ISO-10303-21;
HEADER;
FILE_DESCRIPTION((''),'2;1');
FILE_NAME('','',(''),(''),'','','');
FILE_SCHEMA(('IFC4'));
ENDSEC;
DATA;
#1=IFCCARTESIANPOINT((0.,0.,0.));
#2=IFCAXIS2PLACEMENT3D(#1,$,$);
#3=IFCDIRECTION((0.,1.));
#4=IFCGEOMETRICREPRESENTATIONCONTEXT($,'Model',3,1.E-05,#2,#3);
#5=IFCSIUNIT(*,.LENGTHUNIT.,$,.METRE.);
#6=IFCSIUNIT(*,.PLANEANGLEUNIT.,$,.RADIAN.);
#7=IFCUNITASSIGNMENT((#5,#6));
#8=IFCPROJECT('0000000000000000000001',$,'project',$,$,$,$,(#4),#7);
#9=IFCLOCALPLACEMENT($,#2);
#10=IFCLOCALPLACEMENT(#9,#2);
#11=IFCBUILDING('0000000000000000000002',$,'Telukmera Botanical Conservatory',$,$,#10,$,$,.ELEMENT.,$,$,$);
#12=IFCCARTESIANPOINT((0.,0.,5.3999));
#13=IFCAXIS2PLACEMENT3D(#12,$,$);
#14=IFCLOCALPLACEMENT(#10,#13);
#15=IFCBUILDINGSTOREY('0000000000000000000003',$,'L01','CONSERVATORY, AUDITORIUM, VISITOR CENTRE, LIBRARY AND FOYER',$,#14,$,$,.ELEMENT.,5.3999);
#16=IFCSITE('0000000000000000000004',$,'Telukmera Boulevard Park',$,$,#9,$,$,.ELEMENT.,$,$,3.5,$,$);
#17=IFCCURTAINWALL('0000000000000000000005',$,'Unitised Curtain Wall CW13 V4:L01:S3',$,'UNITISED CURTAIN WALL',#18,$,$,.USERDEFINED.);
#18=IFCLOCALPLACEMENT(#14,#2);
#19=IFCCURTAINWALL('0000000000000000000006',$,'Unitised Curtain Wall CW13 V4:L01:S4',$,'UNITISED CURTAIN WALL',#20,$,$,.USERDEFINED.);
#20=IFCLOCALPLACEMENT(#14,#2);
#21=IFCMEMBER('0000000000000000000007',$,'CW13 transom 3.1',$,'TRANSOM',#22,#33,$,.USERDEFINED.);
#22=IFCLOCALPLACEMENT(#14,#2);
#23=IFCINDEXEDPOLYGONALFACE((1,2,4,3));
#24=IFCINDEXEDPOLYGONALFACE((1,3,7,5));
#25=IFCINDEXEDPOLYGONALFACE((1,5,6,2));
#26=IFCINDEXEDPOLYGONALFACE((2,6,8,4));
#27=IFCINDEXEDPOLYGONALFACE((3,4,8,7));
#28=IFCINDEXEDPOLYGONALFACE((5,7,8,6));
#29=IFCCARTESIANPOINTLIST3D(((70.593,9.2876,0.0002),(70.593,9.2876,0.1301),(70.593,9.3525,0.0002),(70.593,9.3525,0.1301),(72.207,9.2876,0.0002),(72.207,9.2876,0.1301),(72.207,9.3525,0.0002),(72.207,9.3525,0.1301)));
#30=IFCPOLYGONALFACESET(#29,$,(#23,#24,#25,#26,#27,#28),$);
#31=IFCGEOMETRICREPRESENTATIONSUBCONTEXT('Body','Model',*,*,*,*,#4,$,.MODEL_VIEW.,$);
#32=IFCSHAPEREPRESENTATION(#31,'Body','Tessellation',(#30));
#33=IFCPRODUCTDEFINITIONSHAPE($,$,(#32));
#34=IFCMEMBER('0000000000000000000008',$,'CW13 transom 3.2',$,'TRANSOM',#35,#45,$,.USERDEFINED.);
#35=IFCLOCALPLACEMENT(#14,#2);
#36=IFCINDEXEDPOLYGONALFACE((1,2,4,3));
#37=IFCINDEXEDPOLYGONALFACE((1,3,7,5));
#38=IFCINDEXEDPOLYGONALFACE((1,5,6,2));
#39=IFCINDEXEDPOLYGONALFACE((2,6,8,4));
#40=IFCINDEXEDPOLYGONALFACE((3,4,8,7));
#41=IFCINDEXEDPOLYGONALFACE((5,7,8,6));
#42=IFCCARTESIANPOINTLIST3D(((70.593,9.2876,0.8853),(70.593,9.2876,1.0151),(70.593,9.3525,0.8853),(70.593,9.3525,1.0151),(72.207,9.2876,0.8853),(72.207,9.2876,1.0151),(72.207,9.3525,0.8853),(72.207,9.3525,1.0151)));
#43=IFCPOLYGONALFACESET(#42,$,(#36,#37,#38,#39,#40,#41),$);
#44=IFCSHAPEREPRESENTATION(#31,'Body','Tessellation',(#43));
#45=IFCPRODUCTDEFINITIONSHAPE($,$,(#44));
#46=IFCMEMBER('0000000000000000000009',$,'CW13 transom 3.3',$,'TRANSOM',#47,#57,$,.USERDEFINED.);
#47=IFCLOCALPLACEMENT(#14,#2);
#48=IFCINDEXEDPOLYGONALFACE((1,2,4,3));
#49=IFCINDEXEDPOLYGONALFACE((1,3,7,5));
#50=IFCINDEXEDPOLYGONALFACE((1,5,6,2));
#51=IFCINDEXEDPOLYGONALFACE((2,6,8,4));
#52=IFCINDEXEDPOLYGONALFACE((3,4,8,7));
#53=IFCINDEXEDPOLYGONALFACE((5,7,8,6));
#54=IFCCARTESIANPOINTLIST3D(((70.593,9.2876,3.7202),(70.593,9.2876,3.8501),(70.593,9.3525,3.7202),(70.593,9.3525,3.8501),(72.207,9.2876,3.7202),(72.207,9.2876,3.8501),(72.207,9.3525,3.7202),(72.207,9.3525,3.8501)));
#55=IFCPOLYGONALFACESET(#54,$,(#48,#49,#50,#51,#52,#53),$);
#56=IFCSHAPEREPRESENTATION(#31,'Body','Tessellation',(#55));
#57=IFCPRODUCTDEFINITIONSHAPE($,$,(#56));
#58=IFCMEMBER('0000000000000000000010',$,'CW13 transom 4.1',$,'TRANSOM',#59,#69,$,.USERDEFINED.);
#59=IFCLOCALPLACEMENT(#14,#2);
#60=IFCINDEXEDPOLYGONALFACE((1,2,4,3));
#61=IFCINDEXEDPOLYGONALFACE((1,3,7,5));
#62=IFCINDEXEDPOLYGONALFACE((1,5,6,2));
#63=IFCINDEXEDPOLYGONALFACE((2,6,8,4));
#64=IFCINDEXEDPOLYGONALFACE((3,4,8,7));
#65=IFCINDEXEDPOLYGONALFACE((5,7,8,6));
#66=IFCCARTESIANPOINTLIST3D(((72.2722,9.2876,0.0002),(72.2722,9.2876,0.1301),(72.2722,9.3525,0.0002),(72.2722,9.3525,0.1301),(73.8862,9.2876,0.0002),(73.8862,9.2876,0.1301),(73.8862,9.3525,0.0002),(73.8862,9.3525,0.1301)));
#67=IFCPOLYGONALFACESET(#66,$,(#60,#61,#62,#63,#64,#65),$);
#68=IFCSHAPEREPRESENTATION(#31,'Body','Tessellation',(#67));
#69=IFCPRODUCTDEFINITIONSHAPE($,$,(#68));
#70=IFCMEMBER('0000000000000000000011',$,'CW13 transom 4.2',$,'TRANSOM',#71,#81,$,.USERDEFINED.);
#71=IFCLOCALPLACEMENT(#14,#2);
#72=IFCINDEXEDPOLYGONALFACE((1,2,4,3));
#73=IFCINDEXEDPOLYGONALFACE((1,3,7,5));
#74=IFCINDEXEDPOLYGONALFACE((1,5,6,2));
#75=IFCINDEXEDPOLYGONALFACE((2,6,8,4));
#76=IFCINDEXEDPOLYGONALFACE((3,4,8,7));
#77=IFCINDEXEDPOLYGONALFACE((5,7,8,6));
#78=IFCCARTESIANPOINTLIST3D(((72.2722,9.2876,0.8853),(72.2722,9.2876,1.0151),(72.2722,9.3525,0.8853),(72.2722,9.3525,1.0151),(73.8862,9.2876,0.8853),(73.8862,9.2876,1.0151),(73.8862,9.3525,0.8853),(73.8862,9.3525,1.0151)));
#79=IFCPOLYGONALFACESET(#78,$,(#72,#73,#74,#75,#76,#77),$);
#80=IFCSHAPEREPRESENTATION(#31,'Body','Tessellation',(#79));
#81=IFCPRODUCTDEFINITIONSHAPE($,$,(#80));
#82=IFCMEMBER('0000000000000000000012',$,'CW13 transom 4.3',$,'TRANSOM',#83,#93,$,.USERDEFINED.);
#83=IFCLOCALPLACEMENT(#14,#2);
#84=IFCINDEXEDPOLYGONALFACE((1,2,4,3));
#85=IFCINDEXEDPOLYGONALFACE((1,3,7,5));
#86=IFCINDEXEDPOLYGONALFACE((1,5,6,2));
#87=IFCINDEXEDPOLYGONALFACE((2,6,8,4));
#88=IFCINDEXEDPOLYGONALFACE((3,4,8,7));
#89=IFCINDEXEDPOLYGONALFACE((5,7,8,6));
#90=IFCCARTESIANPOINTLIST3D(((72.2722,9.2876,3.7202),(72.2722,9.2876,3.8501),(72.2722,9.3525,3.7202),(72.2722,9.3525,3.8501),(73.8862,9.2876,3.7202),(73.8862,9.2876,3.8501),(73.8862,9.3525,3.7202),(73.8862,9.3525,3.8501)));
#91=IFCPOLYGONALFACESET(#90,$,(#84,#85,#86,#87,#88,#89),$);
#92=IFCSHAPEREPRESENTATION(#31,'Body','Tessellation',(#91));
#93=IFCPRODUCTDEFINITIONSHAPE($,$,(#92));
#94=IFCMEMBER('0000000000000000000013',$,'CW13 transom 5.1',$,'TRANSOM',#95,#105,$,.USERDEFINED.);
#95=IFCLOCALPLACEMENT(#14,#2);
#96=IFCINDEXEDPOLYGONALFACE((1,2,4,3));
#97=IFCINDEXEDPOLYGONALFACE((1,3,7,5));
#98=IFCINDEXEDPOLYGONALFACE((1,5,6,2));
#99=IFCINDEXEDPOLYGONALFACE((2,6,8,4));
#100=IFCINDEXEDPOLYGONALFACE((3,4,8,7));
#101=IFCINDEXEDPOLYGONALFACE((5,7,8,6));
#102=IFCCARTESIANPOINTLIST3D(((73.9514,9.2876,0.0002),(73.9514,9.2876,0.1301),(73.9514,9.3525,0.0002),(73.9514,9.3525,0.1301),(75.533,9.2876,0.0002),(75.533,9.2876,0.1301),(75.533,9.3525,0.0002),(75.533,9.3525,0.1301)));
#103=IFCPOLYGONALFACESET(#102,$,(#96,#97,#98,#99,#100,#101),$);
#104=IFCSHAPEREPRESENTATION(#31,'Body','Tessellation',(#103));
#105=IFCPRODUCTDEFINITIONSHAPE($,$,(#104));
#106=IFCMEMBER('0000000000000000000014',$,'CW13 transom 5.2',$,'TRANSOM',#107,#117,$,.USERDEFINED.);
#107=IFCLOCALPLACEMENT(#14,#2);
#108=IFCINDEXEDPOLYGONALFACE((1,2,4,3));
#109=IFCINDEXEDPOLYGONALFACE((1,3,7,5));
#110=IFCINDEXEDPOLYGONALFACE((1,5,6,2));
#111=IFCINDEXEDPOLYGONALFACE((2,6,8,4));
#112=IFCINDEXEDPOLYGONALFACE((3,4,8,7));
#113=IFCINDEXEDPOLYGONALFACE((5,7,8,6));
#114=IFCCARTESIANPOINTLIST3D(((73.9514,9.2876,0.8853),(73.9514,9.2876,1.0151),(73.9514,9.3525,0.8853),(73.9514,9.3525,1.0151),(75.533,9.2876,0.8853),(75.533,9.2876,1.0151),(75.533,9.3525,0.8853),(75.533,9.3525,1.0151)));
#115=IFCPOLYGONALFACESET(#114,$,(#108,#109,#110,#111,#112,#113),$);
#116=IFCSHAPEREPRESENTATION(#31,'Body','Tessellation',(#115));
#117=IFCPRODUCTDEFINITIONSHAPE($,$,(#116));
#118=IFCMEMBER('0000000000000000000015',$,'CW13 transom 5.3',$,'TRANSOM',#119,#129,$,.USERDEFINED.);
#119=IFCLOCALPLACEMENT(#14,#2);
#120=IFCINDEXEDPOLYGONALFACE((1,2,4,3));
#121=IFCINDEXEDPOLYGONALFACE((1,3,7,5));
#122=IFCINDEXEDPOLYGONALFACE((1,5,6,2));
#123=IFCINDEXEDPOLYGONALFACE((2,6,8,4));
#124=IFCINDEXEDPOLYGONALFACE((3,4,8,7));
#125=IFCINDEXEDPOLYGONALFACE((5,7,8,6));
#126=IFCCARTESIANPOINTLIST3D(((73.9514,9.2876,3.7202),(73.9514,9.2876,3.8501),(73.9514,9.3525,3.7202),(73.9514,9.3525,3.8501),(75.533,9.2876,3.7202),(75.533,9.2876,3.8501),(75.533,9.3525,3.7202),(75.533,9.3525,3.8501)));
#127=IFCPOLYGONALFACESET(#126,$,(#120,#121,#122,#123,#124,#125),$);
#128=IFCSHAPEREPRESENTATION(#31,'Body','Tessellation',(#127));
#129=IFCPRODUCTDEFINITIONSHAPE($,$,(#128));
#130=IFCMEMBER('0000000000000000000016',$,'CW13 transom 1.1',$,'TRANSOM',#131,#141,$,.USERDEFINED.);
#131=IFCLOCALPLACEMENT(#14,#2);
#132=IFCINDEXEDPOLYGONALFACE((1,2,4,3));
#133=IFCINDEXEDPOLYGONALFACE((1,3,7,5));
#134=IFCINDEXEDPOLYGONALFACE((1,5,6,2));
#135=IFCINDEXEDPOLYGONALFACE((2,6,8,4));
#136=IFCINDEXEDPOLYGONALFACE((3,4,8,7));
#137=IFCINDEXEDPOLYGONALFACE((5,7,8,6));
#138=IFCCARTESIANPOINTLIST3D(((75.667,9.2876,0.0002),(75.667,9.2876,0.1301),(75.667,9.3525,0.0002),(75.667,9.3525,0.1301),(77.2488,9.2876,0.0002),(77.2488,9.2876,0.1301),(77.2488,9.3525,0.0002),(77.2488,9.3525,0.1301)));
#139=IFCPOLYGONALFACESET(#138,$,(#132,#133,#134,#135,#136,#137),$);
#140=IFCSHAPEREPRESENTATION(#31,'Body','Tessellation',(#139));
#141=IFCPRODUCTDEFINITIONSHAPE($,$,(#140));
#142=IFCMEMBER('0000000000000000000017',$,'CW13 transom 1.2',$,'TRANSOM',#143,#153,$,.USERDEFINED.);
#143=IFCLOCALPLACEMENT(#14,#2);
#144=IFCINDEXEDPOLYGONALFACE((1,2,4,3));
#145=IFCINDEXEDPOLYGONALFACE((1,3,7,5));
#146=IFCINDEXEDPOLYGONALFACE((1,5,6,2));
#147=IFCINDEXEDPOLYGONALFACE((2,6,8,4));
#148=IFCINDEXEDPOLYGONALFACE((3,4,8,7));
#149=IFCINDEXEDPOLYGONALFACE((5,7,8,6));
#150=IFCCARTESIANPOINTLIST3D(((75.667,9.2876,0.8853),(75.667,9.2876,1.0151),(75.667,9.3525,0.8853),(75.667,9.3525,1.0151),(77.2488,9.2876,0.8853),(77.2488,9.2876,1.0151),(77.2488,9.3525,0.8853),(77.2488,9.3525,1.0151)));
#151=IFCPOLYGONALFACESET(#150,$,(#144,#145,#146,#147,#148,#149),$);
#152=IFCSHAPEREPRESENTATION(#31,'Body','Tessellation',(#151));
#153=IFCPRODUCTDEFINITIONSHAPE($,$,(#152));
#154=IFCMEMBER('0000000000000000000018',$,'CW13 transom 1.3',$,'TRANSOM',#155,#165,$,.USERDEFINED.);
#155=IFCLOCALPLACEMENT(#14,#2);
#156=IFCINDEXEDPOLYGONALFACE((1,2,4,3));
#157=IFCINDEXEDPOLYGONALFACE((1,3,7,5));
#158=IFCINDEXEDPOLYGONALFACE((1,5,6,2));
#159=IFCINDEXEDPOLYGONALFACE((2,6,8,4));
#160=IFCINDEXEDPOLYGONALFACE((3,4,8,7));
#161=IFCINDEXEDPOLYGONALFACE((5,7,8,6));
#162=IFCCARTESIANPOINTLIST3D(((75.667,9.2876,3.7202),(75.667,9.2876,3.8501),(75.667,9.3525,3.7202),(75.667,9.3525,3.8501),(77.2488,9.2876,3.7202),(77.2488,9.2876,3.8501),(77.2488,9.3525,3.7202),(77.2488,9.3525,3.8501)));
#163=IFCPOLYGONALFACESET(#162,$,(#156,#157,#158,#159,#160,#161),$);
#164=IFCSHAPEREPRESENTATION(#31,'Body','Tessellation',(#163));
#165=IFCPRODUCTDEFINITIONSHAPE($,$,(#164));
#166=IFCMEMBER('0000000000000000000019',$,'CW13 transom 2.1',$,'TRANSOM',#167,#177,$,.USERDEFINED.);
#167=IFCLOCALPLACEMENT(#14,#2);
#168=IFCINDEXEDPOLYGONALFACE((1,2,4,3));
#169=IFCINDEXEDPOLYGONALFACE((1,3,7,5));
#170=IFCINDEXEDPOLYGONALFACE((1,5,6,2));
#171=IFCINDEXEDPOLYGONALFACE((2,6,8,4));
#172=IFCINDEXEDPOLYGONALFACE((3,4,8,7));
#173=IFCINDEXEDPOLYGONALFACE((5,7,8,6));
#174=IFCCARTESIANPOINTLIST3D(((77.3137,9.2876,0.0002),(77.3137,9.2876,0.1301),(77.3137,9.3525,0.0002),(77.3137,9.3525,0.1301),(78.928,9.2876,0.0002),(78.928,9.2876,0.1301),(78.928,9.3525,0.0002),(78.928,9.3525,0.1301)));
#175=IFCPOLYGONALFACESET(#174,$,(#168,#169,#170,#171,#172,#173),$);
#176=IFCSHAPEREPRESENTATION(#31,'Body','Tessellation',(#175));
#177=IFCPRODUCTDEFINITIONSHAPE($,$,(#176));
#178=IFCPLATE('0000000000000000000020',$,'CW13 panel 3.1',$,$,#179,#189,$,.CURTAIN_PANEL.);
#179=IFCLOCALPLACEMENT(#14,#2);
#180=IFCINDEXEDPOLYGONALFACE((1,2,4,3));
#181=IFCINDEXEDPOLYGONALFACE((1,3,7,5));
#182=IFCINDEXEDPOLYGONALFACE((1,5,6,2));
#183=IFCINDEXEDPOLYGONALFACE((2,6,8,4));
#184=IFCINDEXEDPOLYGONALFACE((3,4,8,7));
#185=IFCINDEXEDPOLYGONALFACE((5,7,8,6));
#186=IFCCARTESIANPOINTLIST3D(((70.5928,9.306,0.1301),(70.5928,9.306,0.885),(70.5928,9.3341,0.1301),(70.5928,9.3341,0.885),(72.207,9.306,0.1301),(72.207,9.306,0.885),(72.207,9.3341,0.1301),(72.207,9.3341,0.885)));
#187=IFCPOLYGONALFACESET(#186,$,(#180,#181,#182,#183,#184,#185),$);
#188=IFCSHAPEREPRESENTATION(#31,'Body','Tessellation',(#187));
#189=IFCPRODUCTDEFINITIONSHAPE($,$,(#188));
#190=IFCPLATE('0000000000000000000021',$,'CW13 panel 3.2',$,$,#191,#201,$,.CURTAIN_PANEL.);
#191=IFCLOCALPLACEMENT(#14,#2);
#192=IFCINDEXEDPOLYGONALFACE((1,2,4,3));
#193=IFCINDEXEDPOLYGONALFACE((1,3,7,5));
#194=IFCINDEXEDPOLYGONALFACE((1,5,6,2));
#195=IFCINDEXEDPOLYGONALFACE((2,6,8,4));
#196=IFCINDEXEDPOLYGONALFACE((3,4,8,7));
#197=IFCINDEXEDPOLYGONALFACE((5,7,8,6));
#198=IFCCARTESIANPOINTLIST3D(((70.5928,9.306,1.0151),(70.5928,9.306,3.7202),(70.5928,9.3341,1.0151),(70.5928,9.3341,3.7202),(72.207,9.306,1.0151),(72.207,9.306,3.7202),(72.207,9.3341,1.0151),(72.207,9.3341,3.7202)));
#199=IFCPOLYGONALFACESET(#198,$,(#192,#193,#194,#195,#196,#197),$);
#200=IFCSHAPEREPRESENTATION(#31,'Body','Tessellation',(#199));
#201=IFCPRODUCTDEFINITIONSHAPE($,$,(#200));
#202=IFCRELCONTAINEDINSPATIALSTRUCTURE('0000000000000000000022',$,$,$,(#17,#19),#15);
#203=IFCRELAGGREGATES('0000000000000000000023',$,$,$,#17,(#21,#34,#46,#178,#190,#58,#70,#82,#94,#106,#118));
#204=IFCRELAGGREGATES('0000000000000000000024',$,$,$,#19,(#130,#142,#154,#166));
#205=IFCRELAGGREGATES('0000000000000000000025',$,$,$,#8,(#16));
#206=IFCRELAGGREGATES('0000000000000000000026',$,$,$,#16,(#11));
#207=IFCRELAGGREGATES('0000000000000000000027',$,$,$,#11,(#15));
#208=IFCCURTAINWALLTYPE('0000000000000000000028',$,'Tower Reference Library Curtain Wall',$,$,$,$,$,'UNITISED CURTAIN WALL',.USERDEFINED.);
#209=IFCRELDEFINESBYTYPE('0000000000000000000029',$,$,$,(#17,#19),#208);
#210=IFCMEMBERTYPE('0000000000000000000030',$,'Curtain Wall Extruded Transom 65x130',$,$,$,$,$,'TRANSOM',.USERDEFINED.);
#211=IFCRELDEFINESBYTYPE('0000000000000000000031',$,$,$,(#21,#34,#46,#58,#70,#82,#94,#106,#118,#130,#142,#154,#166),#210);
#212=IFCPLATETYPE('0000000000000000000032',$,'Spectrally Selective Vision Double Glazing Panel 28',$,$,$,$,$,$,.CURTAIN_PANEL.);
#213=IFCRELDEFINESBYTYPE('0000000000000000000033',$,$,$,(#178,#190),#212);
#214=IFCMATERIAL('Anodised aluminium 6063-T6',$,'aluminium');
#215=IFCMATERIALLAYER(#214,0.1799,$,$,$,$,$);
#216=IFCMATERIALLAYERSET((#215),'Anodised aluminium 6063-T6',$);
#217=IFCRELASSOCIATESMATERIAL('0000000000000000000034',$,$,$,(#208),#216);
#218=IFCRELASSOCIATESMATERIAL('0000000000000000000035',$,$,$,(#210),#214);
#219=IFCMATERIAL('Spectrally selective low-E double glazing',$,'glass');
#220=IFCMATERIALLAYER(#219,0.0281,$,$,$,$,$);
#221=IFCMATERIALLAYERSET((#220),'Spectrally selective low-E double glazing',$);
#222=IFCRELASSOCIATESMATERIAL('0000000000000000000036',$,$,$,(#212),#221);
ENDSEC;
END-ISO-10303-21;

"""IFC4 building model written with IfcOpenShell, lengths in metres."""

from ifc_helpers import new_model, si_unit, direction, frame, origin, origin_2d, place, context, subcontext, project, spatial, rectangle, extrude, material, layer, layer_set, material_profile, profile_set, type_object, element, aggregate, save


model = new_model("IFC4")

# Units and contexts
model_context = context("Model", 3, precision=1e-05, world=origin(), true_north=direction((0.0, 1.0)))
body_context = subcontext(model_context, "Body", "Model", "MODEL_VIEW")
ifc_project = project(units=[si_unit("LENGTHUNIT", "METRE"), si_unit("PLANEANGLEUNIT", "RADIAN")], contexts=[model_context])

# Site, building, storey
site_placement = place(None, origin())
site = spatial("IfcSite", under=ifc_project, at=site_placement, Name="Telukmera Boulevard Park", CompositionType="ELEMENT", RefElevation=3.5)
building_placement = place(site_placement, origin())
building = spatial("IfcBuilding", under=site, at=building_placement, Name="Telukmera Botanical Conservatory", CompositionType="ELEMENT")
storey_placement = place(building_placement, frame((0.0, 0.0, 5.3999)))
storey = spatial("IfcBuildingStorey", under=building, at=storey_placement, Name="L01", Description="CONSERVATORY, AUDITORIUM, VISITOR CENTRE, LIBRARY AND FOYER", CompositionType="ELEMENT", Elevation=5.3999)

# Curtain walls
ifc_material_1 = material(Name="Anodised aluminium 6063-T6", Category="aluminium")
ifc_layer_1 = layer(ifc_material_1, 0.1799)
ifc_layer_set_1 = layer_set([ifc_layer_1], Name="Anodised aluminium 6063-T6")
curtain_wall_type = type_object("IfcCurtainWallType", Name="Tower Reference Library Curtain Wall", ElementType="UNITISED CURTAIN WALL", PredefinedType="USERDEFINED", material=ifc_layer_set_1)
curtain_wall_1_placement = place(storey_placement, origin())
curtain_wall_1 = element("IfcCurtainWall", 1, at=curtain_wall_1_placement, inside=storey, type_object=curtain_wall_type, Name="Unitised Curtain Wall CW13 V4:L01:S3", ObjectType="UNITISED CURTAIN WALL", PredefinedType="USERDEFINED")
curtain_wall_2_placement = place(storey_placement, origin())
curtain_wall_2 = element("IfcCurtainWall", 2, at=curtain_wall_2_placement, inside=storey, type_object=curtain_wall_type, Name="Unitised Curtain Wall CW13 V4:L01:S4", ObjectType="UNITISED CURTAIN WALL", PredefinedType="USERDEFINED")

# Members
ifc_material_profile_1 = material_profile(ifc_material_1, rectangle(XDim=0.0649, YDim=0.1299, at=origin_2d()), Name="ALU TRAN 65x130")
ifc_profile_set_1 = profile_set([ifc_material_profile_1], Name="Anodised aluminium 6063-T6")
member_type_1 = type_object("IfcMemberType", Name="Curtain Wall Extruded Transom 65x130", ElementType="TRANSOM", PredefinedType="USERDEFINED", material=ifc_profile_set_1)
member_1_placement = place(storey_placement, frame((70.593, 9.3201, 0.0652), z_axis=(1.0, 0.0, 0.0), x_axis=(0.0, 1.0, 0.0)))
member_1 = element("IfcMember", 3, at=member_1_placement, type_object=member_type_1, Name="CW13 transom 3.1", ObjectType="TRANSOM", PredefinedType="USERDEFINED", context=body_context, shape_type="SweptSolid", body=[
    extrude(rectangle(XDim=0.0649, YDim=0.1299, at=origin_2d()), origin(), (0.0, 0.0, 1.0), 1.614),
])
member_2_placement = place(storey_placement, frame((70.593, 9.3201, 0.9502), z_axis=(1.0, 0.0, 0.0), x_axis=(0.0, 1.0, 0.0)))
member_2 = element("IfcMember", 4, at=member_2_placement, type_object=member_type_1, Name="CW13 transom 3.2", ObjectType="TRANSOM", PredefinedType="USERDEFINED", context=body_context, shape_type="SweptSolid", body=[
    extrude(rectangle(XDim=0.0649, YDim=0.1299, at=origin_2d()), origin(), (0.0, 0.0, 1.0), 1.614),
])
member_3_placement = place(storey_placement, frame((70.593, 9.3201, 3.7852), z_axis=(1.0, 0.0, 0.0), x_axis=(0.0, 1.0, 0.0)))
member_3 = element("IfcMember", 5, at=member_3_placement, type_object=member_type_1, Name="CW13 transom 3.3", ObjectType="TRANSOM", PredefinedType="USERDEFINED", context=body_context, shape_type="SweptSolid", body=[
    extrude(rectangle(XDim=0.0649, YDim=0.1299, at=origin_2d()), origin(), (0.0, 0.0, 1.0), 1.614),
])
member_4_placement = place(storey_placement, frame((72.2722, 9.3201, 0.0652), z_axis=(1.0, 0.0, 0.0), x_axis=(0.0, 1.0, 0.0)))
member_4 = element("IfcMember", 6, at=member_4_placement, type_object=member_type_1, Name="CW13 transom 4.1", ObjectType="TRANSOM", PredefinedType="USERDEFINED", context=body_context, shape_type="SweptSolid", body=[
    extrude(rectangle(XDim=0.0649, YDim=0.1299, at=origin_2d()), origin(), (0.0, 0.0, 1.0), 1.614),
])
member_5_placement = place(storey_placement, frame((72.2722, 9.3201, 0.9502), z_axis=(1.0, 0.0, 0.0), x_axis=(0.0, 1.0, 0.0)))
member_5 = element("IfcMember", 7, at=member_5_placement, type_object=member_type_1, Name="CW13 transom 4.2", ObjectType="TRANSOM", PredefinedType="USERDEFINED", context=body_context, shape_type="SweptSolid", body=[
    extrude(rectangle(XDim=0.0649, YDim=0.1299, at=origin_2d()), origin(), (0.0, 0.0, 1.0), 1.614),
])
member_6_placement = place(storey_placement, frame((72.2722, 9.3201, 3.7852), z_axis=(1.0, 0.0, 0.0), x_axis=(0.0, 1.0, 0.0)))
member_6 = element("IfcMember", 8, at=member_6_placement, type_object=member_type_1, Name="CW13 transom 4.3", ObjectType="TRANSOM", PredefinedType="USERDEFINED", context=body_context, shape_type="SweptSolid", body=[
    extrude(rectangle(XDim=0.0649, YDim=0.1299, at=origin_2d()), origin(), (0.0, 0.0, 1.0), 1.614),
])
member_7_placement = place(storey_placement, frame((73.9514, 9.3201, 0.0652), z_axis=(1.0, 0.0, 0.0), x_axis=(0.0, 1.0, 0.0)))
member_7 = element("IfcMember", 9, at=member_7_placement, type_object=member_type_1, Name="CW13 transom 5.1", ObjectType="TRANSOM", PredefinedType="USERDEFINED", context=body_context, shape_type="SweptSolid", body=[
    extrude(rectangle(XDim=0.0649, YDim=0.1299, at=origin_2d()), origin(), (0.0, 0.0, 1.0), 1.5815),
])
member_8_placement = place(storey_placement, frame((73.9514, 9.3201, 0.9502), z_axis=(1.0, 0.0, 0.0), x_axis=(0.0, 1.0, 0.0)))
member_8 = element("IfcMember", 10, at=member_8_placement, type_object=member_type_1, Name="CW13 transom 5.2", ObjectType="TRANSOM", PredefinedType="USERDEFINED", context=body_context, shape_type="SweptSolid", body=[
    extrude(rectangle(XDim=0.0649, YDim=0.1299, at=origin_2d()), origin(), (0.0, 0.0, 1.0), 1.5815),
])
member_9_placement = place(storey_placement, frame((73.9514, 9.3201, 3.7852), z_axis=(1.0, 0.0, 0.0), x_axis=(0.0, 1.0, 0.0)))
member_9 = element("IfcMember", 11, at=member_9_placement, type_object=member_type_1, Name="CW13 transom 5.3", ObjectType="TRANSOM", PredefinedType="USERDEFINED", context=body_context, shape_type="SweptSolid", body=[
    extrude(rectangle(XDim=0.0649, YDim=0.1299, at=origin_2d()), origin(), (0.0, 0.0, 1.0), 1.5815),
])
member_10_placement = place(storey_placement, frame((75.667, 9.3201, 0.0652), z_axis=(1.0, 0.0, 0.0), x_axis=(0.0, 1.0, 0.0)))
member_10 = element("IfcMember", 12, at=member_10_placement, type_object=member_type_1, Name="CW13 transom 1.1", ObjectType="TRANSOM", PredefinedType="USERDEFINED", context=body_context, shape_type="SweptSolid", body=[
    extrude(rectangle(XDim=0.0649, YDim=0.1299, at=origin_2d()), origin(), (0.0, 0.0, 1.0), 1.5818),
])
member_11_placement = place(storey_placement, frame((75.667, 9.3201, 0.9502), z_axis=(1.0, 0.0, 0.0), x_axis=(0.0, 1.0, 0.0)))
member_11 = element("IfcMember", 13, at=member_11_placement, type_object=member_type_1, Name="CW13 transom 1.2", ObjectType="TRANSOM", PredefinedType="USERDEFINED", context=body_context, shape_type="SweptSolid", body=[
    extrude(rectangle(XDim=0.0649, YDim=0.1299, at=origin_2d()), origin(), (0.0, 0.0, 1.0), 1.5818),
])
member_12_placement = place(storey_placement, frame((75.667, 9.3201, 3.7852), z_axis=(1.0, 0.0, 0.0), x_axis=(0.0, 1.0, 0.0)))
member_12 = element("IfcMember", 14, at=member_12_placement, type_object=member_type_1, Name="CW13 transom 1.3", ObjectType="TRANSOM", PredefinedType="USERDEFINED", context=body_context, shape_type="SweptSolid", body=[
    extrude(rectangle(XDim=0.0649, YDim=0.1299, at=origin_2d()), origin(), (0.0, 0.0, 1.0), 1.5818),
])
member_13_placement = place(storey_placement, frame((77.3137, 9.3201, 0.0652), z_axis=(1.0, 0.0, 0.0), x_axis=(0.0, 1.0, 0.0)))
member_13 = element("IfcMember", 15, at=member_13_placement, type_object=member_type_1, Name="CW13 transom 2.1", ObjectType="TRANSOM", PredefinedType="USERDEFINED", context=body_context, shape_type="SweptSolid", body=[
    extrude(rectangle(XDim=0.0649, YDim=0.1299, at=origin_2d()), origin(), (0.0, 0.0, 1.0), 1.6143),
])

# Plates
ifc_material_2 = material(Name="Spectrally selective low-E double glazing", Category="glass")
ifc_layer_2 = layer(ifc_material_2, 0.0281)
ifc_layer_set_2 = layer_set([ifc_layer_2], Name="Spectrally selective low-E double glazing")
plate_type = type_object("IfcPlateType", Name="Spectrally Selective Vision Double Glazing Panel 28", PredefinedType="CURTAIN_PANEL", material=ifc_layer_set_2)
plate_1_placement = place(storey_placement, frame((71.3999, 9.3201, 0.1301), z_axis=(0.0, 0.0, 1.0), x_axis=(1.0, 0.0, 0.0)))
plate_1 = element("IfcPlate", 16, at=plate_1_placement, type_object=plate_type, Name="CW13 panel 3.1", PredefinedType="CURTAIN_PANEL", context=body_context, shape_type="SweptSolid", body=[
    extrude(rectangle(XDim=1.6143, YDim=0.0281, at=origin_2d()), origin(), (0.0, 0.0, 1.0), 0.7549),
])
plate_2_placement = place(storey_placement, frame((71.3999, 9.3201, 1.0151), z_axis=(0.0, 0.0, 1.0), x_axis=(1.0, 0.0, 0.0)))
plate_2 = element("IfcPlate", 17, at=plate_2_placement, type_object=plate_type, Name="CW13 panel 3.2", PredefinedType="CURTAIN_PANEL", context=body_context, shape_type="SweptSolid", body=[
    extrude(rectangle(XDim=1.6143, YDim=0.0281, at=origin_2d()), origin(), (0.0, 0.0, 1.0), 2.7051),
])
aggregate(curtain_wall_1, [member_1, member_2, member_3, plate_1, plate_2, member_4, member_5, member_6, member_7, member_8, member_9])
aggregate(curtain_wall_2, [member_10, member_11, member_12, member_13])

save(model, "model.ifc")
